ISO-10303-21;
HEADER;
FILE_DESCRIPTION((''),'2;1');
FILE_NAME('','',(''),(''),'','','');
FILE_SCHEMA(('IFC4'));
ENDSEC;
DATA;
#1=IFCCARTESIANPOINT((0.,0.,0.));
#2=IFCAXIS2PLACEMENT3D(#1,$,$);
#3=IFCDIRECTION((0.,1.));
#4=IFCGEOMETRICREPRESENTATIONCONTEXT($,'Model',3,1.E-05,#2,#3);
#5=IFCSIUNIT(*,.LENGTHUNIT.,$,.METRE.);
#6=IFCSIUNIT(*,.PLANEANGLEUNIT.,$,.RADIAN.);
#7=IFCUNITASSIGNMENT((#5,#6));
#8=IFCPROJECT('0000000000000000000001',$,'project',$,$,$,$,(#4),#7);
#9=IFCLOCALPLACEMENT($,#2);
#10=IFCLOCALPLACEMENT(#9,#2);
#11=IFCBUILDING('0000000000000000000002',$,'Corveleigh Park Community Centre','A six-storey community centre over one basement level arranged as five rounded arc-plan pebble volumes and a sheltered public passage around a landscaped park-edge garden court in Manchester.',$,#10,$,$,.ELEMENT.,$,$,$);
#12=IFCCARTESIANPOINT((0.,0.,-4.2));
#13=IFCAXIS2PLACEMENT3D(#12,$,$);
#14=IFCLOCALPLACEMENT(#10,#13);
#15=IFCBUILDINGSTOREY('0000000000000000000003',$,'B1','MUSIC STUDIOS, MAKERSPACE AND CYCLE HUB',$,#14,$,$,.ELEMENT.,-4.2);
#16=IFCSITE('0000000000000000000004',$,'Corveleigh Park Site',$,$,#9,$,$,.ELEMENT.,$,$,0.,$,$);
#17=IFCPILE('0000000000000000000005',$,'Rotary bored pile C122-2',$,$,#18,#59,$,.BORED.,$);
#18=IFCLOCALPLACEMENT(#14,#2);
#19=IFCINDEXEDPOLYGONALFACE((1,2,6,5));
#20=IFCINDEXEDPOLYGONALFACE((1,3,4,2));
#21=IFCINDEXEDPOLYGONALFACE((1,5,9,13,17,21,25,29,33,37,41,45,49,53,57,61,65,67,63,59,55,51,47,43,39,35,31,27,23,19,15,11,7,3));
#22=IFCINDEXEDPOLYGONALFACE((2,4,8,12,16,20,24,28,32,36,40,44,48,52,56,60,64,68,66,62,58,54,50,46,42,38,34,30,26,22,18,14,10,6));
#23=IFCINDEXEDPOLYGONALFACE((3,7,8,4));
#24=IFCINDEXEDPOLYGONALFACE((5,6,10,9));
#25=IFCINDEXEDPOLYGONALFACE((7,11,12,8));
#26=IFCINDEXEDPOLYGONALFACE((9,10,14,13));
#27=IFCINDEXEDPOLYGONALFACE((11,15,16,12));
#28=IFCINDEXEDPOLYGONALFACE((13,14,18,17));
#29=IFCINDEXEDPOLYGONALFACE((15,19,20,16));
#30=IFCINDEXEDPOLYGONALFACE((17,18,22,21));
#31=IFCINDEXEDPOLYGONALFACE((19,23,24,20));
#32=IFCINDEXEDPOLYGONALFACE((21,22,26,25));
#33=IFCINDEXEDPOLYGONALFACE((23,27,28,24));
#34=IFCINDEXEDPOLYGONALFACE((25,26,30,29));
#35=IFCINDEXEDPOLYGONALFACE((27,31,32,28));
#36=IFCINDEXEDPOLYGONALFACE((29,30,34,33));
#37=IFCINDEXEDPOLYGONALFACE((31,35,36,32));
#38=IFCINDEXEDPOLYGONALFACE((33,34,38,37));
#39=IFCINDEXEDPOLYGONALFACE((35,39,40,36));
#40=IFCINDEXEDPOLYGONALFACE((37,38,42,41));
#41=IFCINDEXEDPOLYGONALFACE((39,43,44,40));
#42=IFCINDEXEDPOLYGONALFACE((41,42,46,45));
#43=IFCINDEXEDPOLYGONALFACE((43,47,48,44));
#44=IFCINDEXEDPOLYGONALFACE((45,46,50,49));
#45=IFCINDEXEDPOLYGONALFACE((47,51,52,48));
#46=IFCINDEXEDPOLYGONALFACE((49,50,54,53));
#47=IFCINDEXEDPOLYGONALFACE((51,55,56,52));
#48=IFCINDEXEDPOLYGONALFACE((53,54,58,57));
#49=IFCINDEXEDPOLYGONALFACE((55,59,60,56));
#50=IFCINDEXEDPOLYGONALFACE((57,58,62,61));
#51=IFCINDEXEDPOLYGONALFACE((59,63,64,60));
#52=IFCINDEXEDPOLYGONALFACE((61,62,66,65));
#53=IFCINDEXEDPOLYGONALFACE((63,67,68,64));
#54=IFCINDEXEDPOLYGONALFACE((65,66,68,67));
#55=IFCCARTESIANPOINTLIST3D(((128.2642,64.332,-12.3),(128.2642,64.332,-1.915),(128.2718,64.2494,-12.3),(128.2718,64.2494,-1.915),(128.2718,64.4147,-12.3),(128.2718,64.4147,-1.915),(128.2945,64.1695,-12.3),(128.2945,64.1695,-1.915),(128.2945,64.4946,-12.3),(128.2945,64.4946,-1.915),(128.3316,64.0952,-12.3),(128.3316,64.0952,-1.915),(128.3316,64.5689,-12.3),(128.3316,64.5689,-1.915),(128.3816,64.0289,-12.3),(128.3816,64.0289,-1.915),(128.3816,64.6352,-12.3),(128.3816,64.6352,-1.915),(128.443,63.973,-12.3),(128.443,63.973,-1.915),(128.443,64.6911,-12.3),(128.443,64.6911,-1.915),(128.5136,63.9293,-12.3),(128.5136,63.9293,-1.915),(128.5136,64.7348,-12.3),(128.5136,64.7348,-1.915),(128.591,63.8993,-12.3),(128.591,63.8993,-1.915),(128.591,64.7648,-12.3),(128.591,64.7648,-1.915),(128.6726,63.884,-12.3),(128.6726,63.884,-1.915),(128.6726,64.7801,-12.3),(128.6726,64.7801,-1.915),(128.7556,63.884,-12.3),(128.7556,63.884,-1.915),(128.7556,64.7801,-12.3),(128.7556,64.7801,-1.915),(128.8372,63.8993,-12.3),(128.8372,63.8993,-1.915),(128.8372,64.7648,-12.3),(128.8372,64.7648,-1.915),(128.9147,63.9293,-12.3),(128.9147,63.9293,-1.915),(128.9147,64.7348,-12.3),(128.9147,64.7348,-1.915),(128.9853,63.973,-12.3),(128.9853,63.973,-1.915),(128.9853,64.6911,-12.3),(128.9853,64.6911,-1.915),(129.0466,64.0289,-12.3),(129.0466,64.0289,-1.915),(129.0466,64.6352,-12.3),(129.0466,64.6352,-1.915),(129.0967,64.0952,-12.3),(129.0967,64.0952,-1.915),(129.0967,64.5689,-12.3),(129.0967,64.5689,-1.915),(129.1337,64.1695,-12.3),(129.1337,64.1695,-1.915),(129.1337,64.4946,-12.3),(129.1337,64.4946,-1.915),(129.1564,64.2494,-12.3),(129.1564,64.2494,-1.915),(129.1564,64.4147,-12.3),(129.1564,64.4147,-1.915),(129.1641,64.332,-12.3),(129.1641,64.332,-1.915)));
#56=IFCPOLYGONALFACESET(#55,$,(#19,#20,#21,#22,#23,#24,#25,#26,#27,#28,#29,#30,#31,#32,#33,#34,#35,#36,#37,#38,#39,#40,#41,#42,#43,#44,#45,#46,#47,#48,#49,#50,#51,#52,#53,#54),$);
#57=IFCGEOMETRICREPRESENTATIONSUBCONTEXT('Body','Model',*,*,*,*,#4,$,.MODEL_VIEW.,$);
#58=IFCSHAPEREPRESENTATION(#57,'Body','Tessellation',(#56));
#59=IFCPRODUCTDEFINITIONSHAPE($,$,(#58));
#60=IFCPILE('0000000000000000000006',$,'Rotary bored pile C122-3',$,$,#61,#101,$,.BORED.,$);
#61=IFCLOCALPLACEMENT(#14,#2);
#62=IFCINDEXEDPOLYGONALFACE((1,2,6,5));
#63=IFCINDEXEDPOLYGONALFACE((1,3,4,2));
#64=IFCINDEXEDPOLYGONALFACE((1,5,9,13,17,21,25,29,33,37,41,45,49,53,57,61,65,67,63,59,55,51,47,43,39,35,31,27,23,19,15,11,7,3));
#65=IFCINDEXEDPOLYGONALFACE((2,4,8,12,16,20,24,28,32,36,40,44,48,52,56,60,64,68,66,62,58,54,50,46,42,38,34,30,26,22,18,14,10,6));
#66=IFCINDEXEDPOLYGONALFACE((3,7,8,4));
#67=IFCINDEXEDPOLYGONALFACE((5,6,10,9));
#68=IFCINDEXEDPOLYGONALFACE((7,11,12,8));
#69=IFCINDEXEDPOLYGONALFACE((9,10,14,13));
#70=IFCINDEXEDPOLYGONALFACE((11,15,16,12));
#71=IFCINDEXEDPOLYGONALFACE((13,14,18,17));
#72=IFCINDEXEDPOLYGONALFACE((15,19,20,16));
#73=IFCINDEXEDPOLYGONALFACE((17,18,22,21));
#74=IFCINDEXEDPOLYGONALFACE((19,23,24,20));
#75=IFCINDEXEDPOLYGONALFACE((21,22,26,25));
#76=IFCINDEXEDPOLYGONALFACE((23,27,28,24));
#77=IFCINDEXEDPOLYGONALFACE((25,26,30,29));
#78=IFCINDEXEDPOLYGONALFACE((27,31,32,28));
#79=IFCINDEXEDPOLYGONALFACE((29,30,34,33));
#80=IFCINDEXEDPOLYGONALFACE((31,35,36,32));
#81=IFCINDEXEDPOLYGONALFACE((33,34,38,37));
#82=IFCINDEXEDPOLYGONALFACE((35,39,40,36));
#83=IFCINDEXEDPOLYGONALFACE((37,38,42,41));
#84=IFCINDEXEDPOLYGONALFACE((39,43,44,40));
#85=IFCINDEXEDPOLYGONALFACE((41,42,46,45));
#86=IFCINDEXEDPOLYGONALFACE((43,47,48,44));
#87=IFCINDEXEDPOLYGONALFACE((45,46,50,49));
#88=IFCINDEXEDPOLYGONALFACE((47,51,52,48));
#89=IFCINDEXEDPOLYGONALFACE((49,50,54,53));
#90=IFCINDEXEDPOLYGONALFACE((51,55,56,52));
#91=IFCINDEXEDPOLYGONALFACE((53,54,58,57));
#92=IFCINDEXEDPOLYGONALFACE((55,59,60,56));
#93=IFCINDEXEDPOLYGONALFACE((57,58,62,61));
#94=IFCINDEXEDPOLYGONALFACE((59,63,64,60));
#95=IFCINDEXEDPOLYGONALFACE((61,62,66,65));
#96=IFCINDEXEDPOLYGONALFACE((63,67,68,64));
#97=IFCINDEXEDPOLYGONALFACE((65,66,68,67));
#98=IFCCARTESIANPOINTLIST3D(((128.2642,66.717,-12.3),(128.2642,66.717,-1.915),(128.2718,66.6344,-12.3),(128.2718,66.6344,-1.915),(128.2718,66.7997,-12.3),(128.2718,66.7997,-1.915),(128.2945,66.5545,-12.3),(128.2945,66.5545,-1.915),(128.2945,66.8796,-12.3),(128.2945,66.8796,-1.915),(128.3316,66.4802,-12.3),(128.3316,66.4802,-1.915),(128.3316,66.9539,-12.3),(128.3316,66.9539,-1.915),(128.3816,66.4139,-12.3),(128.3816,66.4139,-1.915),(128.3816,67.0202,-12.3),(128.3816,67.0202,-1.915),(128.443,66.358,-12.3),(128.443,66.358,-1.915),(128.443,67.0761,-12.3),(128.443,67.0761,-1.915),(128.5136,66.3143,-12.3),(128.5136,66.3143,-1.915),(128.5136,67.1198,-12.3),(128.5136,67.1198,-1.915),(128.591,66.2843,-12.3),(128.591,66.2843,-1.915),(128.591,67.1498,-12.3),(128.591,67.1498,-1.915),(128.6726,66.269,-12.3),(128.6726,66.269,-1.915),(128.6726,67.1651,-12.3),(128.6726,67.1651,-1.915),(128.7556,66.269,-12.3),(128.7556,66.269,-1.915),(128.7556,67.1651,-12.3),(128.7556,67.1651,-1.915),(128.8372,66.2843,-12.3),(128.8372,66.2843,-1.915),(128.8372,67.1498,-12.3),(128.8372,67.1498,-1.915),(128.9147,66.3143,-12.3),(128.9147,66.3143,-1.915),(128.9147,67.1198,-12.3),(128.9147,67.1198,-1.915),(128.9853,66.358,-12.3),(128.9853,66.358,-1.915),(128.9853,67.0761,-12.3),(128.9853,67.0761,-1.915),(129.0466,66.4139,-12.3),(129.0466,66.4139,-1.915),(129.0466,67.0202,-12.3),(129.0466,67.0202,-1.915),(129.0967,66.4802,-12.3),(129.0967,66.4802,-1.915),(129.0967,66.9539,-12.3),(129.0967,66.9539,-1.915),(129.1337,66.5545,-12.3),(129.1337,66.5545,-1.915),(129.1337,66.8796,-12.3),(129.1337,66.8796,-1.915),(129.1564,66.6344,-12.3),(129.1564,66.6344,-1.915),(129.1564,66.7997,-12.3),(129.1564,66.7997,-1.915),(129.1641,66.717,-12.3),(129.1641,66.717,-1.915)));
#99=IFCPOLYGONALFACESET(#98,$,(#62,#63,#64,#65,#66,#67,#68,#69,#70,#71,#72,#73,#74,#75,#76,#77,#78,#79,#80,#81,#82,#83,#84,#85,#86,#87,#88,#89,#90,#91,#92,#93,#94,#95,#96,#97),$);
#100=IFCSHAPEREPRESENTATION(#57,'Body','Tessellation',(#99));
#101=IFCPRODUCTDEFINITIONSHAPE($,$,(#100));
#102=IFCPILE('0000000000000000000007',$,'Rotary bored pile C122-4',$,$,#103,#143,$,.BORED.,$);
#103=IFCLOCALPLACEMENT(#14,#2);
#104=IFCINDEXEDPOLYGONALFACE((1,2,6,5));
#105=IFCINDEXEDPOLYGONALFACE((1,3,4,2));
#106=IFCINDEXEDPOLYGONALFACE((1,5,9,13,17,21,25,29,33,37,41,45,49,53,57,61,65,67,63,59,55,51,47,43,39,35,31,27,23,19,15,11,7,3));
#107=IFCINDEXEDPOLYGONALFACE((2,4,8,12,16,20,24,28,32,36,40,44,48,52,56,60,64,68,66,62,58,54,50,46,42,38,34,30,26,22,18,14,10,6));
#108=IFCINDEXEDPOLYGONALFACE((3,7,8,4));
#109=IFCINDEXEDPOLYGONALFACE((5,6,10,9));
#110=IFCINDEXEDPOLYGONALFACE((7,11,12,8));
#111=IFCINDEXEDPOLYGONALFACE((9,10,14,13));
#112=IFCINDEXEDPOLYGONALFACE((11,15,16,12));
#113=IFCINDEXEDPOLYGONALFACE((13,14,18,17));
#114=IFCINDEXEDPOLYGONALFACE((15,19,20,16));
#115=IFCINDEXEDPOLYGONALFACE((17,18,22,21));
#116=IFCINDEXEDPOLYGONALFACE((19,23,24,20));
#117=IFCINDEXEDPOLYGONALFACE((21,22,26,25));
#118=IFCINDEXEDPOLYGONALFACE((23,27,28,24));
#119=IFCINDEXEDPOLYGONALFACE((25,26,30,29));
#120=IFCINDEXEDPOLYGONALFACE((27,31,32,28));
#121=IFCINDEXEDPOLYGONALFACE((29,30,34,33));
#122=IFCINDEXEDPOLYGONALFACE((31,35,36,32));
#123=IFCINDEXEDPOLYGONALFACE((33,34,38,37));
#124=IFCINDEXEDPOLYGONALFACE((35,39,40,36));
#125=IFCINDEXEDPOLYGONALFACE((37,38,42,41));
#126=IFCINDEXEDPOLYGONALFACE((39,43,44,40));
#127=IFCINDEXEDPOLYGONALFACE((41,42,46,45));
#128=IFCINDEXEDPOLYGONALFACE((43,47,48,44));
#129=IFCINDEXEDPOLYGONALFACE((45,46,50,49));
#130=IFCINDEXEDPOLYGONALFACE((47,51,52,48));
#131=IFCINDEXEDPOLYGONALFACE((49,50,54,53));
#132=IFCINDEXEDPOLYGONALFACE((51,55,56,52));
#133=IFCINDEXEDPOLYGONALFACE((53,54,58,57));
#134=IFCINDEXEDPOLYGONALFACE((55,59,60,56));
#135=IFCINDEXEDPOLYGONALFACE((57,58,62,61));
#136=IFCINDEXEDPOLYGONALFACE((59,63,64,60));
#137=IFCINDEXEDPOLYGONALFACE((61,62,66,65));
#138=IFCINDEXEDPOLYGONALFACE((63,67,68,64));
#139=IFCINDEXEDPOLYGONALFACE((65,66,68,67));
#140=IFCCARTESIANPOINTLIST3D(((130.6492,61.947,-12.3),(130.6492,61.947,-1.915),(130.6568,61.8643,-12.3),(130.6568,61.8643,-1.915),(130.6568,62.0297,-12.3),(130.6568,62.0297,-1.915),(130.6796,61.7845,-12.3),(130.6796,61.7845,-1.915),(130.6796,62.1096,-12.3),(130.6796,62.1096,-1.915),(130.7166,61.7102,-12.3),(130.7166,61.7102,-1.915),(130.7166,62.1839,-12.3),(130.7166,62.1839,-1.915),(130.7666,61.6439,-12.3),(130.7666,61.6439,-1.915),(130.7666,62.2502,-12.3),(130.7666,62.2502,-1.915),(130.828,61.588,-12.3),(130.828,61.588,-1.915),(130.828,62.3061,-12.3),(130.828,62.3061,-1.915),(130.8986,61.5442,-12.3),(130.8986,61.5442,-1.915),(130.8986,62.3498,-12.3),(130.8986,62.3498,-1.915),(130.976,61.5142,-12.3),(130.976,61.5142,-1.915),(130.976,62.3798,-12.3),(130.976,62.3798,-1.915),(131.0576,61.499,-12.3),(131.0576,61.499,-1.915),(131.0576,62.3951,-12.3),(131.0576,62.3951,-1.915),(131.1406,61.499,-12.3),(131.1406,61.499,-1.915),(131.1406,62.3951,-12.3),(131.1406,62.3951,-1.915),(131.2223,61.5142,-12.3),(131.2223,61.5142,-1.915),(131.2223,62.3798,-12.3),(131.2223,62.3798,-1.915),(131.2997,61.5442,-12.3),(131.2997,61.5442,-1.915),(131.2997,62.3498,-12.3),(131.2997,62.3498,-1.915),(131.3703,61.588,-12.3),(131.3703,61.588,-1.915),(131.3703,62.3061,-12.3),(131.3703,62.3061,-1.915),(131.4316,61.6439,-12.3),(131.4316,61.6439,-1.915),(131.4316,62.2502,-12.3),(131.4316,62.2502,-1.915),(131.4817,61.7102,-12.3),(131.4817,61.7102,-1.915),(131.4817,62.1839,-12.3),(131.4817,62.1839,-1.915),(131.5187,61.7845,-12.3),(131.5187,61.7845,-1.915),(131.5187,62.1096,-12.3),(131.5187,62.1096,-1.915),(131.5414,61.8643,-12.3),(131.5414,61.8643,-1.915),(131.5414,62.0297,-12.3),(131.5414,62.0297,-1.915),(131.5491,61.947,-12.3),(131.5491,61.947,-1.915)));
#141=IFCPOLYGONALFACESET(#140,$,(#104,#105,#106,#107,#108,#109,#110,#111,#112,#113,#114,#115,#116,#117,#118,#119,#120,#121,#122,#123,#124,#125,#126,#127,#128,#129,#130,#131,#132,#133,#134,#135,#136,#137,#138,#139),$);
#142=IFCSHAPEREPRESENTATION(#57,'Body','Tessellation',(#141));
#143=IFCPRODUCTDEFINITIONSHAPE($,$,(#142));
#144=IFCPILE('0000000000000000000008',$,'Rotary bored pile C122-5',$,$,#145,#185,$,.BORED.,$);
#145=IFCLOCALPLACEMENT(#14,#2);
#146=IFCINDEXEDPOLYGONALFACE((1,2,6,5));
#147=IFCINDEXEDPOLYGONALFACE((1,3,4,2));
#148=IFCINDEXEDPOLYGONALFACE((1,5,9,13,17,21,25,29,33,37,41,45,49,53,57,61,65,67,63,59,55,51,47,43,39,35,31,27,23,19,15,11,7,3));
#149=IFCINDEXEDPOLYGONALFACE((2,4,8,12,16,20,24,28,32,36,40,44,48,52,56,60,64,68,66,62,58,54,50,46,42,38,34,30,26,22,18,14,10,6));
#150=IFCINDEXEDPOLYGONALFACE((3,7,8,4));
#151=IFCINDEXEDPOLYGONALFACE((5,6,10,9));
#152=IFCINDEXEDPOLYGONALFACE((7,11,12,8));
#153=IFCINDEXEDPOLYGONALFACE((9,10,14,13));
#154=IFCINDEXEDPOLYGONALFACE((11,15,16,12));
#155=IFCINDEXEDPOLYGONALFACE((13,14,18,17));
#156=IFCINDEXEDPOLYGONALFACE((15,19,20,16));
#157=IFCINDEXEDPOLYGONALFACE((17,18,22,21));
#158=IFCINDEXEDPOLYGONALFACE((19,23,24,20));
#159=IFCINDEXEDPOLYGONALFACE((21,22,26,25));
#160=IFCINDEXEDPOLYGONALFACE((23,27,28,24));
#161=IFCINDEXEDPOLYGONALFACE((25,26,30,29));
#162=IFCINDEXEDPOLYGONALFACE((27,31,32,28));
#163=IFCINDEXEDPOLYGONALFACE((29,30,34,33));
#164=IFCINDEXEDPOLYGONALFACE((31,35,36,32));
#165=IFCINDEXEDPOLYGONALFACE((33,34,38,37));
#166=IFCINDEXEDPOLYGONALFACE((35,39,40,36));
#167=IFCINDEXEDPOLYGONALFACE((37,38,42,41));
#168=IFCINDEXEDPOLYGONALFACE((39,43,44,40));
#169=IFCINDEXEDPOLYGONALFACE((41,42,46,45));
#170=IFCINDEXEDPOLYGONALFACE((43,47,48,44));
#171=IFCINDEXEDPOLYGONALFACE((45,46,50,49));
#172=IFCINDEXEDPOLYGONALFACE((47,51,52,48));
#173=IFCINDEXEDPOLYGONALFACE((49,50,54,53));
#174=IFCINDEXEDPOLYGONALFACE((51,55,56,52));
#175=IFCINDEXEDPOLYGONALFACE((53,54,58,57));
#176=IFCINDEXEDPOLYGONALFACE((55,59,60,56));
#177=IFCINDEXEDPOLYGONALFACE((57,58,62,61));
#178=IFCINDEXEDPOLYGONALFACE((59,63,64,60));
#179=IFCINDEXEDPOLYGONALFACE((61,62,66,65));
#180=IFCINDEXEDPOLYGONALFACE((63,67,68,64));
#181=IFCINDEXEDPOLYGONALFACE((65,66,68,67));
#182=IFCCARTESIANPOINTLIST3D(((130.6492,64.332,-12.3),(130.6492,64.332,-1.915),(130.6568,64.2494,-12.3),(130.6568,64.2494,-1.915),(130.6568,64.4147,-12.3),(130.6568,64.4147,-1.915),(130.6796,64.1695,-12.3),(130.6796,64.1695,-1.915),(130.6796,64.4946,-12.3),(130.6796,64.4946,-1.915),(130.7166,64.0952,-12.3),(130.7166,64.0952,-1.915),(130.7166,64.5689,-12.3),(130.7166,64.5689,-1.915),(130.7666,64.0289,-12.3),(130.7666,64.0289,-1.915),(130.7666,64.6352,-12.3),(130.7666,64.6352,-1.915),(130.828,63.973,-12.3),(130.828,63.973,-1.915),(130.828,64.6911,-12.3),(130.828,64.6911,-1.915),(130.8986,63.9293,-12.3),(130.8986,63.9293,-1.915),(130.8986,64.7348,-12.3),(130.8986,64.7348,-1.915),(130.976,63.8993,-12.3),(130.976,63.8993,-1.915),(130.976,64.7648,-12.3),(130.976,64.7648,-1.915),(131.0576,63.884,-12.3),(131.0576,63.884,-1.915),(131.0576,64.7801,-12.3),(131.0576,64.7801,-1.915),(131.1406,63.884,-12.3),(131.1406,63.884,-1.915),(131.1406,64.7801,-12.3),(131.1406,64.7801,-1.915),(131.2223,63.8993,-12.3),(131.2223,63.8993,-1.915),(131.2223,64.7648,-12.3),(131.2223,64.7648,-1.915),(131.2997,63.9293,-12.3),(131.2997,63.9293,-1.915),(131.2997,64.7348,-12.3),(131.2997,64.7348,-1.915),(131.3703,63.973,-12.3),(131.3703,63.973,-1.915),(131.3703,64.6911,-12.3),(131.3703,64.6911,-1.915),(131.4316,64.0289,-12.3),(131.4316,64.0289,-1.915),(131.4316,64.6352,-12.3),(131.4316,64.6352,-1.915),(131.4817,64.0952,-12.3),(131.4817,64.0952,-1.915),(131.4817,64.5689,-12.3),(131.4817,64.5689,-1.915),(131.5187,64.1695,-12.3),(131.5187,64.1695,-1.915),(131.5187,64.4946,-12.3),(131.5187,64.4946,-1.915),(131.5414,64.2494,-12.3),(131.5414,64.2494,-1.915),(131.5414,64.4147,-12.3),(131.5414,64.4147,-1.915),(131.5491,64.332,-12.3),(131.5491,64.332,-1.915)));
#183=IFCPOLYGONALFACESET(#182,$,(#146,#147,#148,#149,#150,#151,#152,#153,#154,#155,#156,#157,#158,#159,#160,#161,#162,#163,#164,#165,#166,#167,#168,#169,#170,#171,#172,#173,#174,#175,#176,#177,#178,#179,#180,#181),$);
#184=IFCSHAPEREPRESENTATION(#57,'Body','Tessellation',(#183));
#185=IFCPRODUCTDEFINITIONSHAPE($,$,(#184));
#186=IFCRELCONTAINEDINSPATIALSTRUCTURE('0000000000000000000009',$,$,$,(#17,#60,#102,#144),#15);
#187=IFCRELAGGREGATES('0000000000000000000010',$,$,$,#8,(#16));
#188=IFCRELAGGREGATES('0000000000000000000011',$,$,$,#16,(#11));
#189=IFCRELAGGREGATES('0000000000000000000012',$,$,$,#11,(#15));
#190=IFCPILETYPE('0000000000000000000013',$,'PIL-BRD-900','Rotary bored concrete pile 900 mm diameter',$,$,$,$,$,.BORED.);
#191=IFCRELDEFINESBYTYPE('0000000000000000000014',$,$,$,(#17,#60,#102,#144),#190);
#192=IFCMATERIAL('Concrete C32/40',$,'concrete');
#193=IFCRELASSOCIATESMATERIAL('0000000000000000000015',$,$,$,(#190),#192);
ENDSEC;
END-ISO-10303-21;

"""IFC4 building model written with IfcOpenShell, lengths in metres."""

from ifc_helpers import new_model, si_unit, direction, frame, origin, origin_2d, place, context, subcontext, project, spatial, circle, extrude, material, material_profile, profile_set, type_object, element, save


model = new_model("IFC4")

# Units and contexts
model_context = context("Model", 3, precision=1e-05, world=origin(), true_north=direction((0.0, 1.0)))
body_context = subcontext(model_context, "Body", "Model", "MODEL_VIEW")
ifc_project = project(units=[si_unit("LENGTHUNIT", "METRE"), si_unit("PLANEANGLEUNIT", "RADIAN")], contexts=[model_context])

# Site, building, storey
site_placement = place(None, origin())
site = spatial("IfcSite", under=ifc_project, at=site_placement, Name="Corveleigh Park Site", CompositionType="ELEMENT", RefElevation=0.0)
building_placement = place(site_placement, origin())
building = spatial("IfcBuilding", under=site, at=building_placement, Name="Corveleigh Park Community Centre", Description="A six-storey community centre over one basement level arranged as five rounded arc-plan pebble volumes and a sheltered public passage around a landscaped park-edge garden court in Manchester.", CompositionType="ELEMENT")
storey_placement = place(building_placement, frame((0.0, 0.0, -4.2)))
storey = spatial("IfcBuildingStorey", under=building, at=storey_placement, Name="B1", Description="MUSIC STUDIOS, MAKERSPACE AND CYCLE HUB", CompositionType="ELEMENT", Elevation=-4.2)

# Piles
ifc_material_1 = material(Name="Concrete C32/40", Category="concrete")
ifc_material_profile_1 = material_profile(ifc_material_1, circle(Radius=0.45, at=origin_2d()), Name="BORED-PILE-900", Category="concrete")
ifc_profile_set_1 = profile_set([ifc_material_profile_1], Name="Concrete C32/40")
pile_type = type_object("IfcPileType", Name="PIL-BRD-900", Description="Rotary bored concrete pile 900 mm diameter", PredefinedType="BORED", material=ifc_profile_set_1)
for number, where, z_axis, x_axis, name in (
    (1, (128.7141, 64.332, -1.915), (0.0, 0.0, -1.0), (1.0, 0.0, 0.0), "Rotary bored pile C122-2"),
    (2, (128.7141, 66.717, -1.915), (0.0, 0.0, -1.0), (1.0, 0.0, 0.0), "Rotary bored pile C122-3"),
    (3, (131.0991, 61.947, -1.915), (0.0, 0.0, -1.0), (1.0, 0.0, 0.0), "Rotary bored pile C122-4"),
    (4, (131.0991, 64.332, -1.915), (0.0, 0.0, -1.0), (1.0, 0.0, 0.0), "Rotary bored pile C122-5"),
):
    element("IfcPile", number, at=place(storey_placement, frame(where, z_axis=z_axis, x_axis=x_axis)), inside=storey, type_object=pile_type, Name=name, PredefinedType="BORED", context=body_context, shape_type="SweptSolid", body=[
        extrude(circle(Radius=0.45, at=origin_2d()), origin(), (0.0, 0.0, 1.0), 10.385),
    ])

save(model, "model.ifc")
